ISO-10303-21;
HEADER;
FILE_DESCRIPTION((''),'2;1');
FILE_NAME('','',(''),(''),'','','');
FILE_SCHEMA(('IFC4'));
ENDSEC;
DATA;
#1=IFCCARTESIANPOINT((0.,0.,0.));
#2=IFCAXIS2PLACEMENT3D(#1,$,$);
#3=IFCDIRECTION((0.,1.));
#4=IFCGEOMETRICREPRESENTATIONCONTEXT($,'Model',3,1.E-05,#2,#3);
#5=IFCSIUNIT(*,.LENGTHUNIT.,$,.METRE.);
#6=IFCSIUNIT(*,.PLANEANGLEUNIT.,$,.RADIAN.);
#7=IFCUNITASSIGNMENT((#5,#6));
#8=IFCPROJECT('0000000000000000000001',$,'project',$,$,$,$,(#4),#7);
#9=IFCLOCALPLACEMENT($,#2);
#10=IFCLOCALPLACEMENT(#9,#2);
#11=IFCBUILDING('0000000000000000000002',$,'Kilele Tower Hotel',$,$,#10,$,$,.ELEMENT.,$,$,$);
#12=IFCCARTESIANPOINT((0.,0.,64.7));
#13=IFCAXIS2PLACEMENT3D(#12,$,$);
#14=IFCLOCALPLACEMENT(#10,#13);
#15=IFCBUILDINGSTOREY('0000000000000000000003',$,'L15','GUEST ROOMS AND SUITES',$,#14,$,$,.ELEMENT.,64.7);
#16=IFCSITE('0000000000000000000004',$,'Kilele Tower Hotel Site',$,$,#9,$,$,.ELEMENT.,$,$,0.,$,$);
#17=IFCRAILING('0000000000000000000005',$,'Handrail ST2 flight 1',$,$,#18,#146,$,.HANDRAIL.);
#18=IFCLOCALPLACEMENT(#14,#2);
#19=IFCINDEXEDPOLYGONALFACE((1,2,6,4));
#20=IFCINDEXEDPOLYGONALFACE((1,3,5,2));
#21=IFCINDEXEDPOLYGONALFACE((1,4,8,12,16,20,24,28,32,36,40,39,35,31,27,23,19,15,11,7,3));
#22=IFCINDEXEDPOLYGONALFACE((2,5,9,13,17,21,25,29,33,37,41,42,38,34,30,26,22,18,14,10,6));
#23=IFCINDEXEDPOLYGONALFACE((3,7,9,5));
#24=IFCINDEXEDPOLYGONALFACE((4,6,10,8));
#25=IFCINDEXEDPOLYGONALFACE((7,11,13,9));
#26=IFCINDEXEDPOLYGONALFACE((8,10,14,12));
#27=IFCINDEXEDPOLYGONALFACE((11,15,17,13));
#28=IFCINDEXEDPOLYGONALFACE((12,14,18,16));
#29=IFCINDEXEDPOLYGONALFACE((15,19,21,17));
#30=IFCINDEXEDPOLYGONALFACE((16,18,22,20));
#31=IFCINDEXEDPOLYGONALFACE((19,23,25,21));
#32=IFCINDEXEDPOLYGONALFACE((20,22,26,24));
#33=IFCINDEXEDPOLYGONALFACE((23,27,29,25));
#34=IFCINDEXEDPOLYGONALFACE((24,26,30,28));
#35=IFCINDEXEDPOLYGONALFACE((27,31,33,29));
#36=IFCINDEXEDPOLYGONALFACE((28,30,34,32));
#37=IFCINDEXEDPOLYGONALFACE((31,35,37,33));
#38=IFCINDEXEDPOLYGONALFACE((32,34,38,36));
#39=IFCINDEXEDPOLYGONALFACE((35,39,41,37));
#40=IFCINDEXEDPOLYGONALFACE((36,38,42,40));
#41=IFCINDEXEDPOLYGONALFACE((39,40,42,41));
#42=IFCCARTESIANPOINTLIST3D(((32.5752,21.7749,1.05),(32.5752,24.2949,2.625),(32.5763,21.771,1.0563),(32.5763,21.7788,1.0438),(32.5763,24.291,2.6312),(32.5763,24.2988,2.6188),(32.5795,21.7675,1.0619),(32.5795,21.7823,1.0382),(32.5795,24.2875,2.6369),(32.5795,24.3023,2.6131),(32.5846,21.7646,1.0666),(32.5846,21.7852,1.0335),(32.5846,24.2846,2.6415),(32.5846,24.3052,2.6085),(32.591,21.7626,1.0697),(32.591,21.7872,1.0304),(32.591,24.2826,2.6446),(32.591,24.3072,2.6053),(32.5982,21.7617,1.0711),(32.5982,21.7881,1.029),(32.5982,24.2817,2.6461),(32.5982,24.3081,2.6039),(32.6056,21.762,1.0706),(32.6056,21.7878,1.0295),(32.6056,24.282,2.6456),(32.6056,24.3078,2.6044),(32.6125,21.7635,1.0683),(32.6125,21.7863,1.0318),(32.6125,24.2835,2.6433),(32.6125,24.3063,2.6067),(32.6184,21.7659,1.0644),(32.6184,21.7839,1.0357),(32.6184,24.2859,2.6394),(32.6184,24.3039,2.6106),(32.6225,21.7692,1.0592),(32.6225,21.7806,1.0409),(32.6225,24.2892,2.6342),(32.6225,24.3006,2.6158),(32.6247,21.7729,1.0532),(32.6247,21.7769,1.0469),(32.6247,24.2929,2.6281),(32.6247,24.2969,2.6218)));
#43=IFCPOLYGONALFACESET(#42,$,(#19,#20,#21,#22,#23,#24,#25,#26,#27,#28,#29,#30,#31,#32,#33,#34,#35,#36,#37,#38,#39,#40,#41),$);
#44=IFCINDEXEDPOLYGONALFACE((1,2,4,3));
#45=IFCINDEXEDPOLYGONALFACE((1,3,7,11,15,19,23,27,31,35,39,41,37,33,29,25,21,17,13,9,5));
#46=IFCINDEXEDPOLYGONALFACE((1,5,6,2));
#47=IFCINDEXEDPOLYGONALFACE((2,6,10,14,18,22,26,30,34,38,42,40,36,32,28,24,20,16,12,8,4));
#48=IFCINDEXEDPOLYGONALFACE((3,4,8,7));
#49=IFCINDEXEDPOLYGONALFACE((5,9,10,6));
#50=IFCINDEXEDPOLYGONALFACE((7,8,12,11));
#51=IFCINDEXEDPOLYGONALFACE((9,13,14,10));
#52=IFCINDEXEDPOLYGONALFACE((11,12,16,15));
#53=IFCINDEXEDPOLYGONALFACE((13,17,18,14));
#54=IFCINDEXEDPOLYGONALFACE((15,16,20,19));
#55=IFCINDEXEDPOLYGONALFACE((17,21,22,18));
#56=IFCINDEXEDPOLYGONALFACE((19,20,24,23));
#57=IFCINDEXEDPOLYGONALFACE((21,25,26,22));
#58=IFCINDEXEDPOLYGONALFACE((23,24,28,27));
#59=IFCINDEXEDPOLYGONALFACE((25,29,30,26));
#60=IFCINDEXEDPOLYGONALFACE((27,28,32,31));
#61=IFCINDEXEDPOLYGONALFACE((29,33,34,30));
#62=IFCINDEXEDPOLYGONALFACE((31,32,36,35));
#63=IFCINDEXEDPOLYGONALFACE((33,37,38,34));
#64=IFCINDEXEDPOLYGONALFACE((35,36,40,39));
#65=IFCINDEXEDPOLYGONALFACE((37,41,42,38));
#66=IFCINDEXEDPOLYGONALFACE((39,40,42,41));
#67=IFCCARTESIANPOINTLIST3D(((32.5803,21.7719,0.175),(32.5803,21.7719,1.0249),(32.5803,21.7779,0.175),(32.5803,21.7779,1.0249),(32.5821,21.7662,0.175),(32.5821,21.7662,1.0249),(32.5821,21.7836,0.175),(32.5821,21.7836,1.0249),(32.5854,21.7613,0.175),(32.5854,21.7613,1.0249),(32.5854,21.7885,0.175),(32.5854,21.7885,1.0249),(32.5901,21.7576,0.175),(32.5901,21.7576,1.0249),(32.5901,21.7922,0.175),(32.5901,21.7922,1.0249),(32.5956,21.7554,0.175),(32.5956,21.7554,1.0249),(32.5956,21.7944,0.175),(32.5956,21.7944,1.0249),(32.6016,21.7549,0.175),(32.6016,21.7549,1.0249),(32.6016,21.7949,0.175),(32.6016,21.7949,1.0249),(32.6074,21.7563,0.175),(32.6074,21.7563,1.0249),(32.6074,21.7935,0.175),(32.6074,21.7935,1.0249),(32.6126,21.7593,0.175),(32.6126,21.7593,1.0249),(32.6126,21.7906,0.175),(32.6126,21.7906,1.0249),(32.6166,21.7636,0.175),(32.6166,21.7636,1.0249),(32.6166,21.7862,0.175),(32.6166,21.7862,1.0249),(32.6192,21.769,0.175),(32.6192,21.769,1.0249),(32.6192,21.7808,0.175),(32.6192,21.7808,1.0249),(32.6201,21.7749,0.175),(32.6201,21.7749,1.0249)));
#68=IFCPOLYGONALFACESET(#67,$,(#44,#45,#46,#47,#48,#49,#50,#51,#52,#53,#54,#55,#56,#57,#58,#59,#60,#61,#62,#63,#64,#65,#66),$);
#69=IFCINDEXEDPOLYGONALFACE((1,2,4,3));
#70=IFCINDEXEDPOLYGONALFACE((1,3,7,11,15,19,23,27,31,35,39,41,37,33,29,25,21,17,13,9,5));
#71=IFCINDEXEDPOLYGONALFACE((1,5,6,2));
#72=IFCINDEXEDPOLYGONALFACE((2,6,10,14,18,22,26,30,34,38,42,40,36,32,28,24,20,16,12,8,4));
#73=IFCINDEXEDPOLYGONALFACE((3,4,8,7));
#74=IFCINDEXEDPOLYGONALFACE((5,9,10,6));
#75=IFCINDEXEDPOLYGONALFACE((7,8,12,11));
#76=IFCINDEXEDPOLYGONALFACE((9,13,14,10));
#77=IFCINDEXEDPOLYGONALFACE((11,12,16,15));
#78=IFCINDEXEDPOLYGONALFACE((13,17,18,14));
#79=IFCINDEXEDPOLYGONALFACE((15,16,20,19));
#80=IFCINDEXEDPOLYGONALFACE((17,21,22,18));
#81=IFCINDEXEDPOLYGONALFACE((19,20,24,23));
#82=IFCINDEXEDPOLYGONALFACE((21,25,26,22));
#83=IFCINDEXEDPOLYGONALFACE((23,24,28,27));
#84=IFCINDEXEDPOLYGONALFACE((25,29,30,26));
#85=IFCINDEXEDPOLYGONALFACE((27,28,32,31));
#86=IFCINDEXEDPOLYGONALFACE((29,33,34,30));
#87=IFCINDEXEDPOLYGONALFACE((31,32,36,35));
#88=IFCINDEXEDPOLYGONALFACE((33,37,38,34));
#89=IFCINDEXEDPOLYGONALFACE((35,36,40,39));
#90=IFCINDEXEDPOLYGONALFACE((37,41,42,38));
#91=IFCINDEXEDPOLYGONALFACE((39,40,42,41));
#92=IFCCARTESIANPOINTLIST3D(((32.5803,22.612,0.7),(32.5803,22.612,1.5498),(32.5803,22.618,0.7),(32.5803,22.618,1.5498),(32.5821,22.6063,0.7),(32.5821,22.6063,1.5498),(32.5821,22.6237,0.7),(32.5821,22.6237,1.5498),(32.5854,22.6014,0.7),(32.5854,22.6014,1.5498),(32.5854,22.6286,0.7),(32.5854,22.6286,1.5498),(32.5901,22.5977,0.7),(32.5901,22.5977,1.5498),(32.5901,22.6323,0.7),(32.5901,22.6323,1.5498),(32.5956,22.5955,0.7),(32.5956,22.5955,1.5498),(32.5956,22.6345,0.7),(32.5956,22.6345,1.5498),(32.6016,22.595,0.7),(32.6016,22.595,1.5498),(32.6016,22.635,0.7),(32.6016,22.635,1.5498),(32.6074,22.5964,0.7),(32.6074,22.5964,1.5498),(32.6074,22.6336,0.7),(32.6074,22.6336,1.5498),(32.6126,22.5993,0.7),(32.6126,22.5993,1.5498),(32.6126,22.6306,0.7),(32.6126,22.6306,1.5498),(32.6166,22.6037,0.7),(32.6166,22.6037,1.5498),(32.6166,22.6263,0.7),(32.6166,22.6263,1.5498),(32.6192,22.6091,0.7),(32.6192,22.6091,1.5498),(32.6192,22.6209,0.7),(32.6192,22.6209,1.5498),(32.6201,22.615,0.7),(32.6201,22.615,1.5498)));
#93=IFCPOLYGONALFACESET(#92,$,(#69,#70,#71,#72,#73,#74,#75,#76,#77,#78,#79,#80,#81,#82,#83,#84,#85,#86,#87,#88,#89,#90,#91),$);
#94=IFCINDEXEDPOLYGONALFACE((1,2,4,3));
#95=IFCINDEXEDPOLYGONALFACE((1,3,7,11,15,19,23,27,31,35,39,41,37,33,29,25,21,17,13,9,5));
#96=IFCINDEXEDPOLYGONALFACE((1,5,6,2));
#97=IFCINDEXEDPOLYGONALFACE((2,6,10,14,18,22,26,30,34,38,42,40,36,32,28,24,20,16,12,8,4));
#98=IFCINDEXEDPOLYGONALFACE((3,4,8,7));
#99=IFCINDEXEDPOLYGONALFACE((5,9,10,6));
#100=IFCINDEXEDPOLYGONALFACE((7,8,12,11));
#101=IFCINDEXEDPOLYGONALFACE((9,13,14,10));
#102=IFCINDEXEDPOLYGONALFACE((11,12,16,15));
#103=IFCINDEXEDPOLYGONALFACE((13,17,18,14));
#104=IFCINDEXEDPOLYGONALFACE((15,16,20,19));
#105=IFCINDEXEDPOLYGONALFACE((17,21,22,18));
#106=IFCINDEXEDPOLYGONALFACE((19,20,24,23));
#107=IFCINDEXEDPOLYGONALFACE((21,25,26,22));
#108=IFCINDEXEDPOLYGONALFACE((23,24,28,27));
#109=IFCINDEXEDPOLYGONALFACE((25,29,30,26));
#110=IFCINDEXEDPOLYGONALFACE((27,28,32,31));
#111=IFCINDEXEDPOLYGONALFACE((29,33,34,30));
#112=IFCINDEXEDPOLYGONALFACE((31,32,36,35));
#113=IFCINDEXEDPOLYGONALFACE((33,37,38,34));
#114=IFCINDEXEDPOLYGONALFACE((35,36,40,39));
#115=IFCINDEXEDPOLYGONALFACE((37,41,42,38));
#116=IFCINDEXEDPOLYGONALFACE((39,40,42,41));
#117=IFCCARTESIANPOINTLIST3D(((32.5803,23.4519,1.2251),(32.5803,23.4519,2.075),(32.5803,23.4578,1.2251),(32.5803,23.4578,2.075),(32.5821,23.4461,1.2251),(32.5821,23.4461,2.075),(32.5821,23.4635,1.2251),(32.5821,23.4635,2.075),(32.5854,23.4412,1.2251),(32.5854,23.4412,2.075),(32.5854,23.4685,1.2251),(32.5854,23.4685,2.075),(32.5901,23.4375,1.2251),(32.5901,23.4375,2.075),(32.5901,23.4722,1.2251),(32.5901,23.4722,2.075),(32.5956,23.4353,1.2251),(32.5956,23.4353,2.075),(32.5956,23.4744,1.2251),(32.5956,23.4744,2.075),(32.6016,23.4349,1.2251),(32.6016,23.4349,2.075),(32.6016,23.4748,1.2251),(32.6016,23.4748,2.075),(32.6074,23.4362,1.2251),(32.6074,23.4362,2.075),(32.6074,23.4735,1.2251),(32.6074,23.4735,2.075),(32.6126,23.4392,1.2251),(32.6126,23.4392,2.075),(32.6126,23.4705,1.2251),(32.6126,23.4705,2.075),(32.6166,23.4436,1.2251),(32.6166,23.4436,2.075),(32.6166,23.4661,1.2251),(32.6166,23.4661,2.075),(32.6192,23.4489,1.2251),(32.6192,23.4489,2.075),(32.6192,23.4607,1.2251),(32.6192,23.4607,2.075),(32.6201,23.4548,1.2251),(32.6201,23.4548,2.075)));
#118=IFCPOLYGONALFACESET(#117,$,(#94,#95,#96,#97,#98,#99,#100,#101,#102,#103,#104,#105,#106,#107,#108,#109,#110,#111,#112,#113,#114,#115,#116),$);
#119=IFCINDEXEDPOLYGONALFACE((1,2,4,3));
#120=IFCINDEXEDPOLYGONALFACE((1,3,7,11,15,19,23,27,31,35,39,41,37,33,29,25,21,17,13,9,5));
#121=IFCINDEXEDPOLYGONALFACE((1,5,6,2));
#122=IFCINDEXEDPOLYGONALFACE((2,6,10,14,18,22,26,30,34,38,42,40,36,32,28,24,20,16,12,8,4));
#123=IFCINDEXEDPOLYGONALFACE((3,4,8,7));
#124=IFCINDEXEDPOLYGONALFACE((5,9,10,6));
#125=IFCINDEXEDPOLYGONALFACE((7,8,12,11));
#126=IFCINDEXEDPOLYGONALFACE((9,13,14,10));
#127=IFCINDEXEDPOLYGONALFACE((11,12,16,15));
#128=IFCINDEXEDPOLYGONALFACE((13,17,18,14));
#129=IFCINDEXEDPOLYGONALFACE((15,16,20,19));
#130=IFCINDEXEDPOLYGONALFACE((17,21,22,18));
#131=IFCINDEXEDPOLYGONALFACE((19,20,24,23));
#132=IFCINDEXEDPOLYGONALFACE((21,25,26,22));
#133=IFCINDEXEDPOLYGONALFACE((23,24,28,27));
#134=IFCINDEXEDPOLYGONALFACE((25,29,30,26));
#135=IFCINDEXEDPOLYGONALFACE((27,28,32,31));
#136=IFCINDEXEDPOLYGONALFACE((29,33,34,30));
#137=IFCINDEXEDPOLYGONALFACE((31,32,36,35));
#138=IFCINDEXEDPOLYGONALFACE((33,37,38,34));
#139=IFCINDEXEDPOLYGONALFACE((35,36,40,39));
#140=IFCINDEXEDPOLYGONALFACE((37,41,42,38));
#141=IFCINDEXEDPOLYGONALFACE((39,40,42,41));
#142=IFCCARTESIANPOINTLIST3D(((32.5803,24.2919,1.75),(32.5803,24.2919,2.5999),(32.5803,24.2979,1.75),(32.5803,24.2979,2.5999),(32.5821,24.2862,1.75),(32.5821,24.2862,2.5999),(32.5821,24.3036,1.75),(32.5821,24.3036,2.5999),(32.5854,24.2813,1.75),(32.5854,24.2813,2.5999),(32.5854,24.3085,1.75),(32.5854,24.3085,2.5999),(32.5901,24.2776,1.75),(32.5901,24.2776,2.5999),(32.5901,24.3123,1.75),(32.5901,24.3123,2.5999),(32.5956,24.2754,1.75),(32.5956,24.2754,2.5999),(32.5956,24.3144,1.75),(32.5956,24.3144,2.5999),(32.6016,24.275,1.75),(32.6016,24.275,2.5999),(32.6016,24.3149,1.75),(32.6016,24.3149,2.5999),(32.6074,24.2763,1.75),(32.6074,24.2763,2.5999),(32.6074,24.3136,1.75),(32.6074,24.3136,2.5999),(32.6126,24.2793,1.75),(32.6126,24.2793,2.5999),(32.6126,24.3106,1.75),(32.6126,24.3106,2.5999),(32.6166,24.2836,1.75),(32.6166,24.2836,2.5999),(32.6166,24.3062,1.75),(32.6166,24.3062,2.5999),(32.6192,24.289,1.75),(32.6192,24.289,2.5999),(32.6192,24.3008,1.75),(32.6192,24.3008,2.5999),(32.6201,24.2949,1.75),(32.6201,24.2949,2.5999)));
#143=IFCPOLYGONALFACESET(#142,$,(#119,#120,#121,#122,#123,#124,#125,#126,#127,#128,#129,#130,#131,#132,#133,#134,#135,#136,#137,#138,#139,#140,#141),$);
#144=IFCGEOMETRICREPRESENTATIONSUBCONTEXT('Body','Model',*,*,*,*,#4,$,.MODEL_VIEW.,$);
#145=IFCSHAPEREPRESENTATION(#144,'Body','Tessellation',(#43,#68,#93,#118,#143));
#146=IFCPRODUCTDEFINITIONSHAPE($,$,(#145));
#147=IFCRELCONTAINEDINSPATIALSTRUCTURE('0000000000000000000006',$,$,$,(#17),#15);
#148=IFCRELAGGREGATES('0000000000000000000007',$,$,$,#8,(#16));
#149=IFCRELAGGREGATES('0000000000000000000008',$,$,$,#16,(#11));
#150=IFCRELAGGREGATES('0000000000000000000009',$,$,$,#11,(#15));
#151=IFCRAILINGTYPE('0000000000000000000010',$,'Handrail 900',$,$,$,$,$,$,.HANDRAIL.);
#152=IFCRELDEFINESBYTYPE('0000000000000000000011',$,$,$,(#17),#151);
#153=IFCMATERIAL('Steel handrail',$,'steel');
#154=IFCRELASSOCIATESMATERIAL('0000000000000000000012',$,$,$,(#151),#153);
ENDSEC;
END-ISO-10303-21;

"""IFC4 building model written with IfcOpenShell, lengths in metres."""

from ifc_helpers import new_model, si_unit, direction, frame, origin, origin_2d, place, context, subcontext, project, spatial, circle, extrude, material, type_object, element, save


model = new_model("IFC4")

# Units and contexts
model_context = context("Model", 3, precision=1e-05, world=origin(), true_north=direction((0.0, 1.0)))
body_context = subcontext(model_context, "Body", "Model", "MODEL_VIEW")
ifc_project = project(units=[si_unit("LENGTHUNIT", "METRE"), si_unit("PLANEANGLEUNIT", "RADIAN")], contexts=[model_context])

# Site, building, storey
site_placement = place(None, origin())
site = spatial("IfcSite", under=ifc_project, at=site_placement, Name="Kilele Tower Hotel Site", CompositionType="ELEMENT", RefElevation=0.0)
building_placement = place(site_placement, origin())
building = spatial("IfcBuilding", under=site, at=building_placement, Name="Kilele Tower Hotel", CompositionType="ELEMENT")
storey_placement = place(building_placement, frame((0.0, 0.0, 64.7)))
storey = spatial("IfcBuildingStorey", under=building, at=storey_placement, Name="L15", Description="GUEST ROOMS AND SUITES", CompositionType="ELEMENT", Elevation=64.7)

# Railing
ifc_material_1 = material(Name="Steel handrail", Category="steel")
railing_type_1 = type_object("IfcRailingType", Name="Handrail 900", PredefinedType="HANDRAIL", material=ifc_material_1)
for number, where, name in (
    (1, (32.6001, 21.7749, 0.175), "Handrail ST2 flight 1"),
):
    element("IfcRailing", number, at=place(storey_placement, frame(where)), inside=storey, type_object=railing_type_1, Name=name, PredefinedType="HANDRAIL", context=body_context, shape_type="SweptSolid", body=[
        extrude(circle(Radius=0.0249, at=origin_2d()), frame((0.0, 0.0, 0.875), z_axis=(0.0, 0.848008, 0.529984), x_axis=(-1.0, 0.0, 0.0)), (0.0, 0.0, 1.0), 2.9717),
        extrude(circle(Radius=0.02, at=origin_2d()), origin(), (0.0, 0.0, 1.0), 0.8499),
        extrude(circle(Radius=0.02, at=origin_2d()), frame((0.0, 0.8401, 0.5249)), (0.0, 0.0, 1.0), 0.8499),
        extrude(circle(Radius=0.02, at=origin_2d()), frame((0.0, 1.6799, 1.05)), (0.0, 0.0, 1.0), 0.8499),
        extrude(circle(Radius=0.02, at=origin_2d()), frame((0.0, 2.52, 1.575)), (0.0, 0.0, 1.0), 0.8499),
    ])

save(model, "model.ifc")
